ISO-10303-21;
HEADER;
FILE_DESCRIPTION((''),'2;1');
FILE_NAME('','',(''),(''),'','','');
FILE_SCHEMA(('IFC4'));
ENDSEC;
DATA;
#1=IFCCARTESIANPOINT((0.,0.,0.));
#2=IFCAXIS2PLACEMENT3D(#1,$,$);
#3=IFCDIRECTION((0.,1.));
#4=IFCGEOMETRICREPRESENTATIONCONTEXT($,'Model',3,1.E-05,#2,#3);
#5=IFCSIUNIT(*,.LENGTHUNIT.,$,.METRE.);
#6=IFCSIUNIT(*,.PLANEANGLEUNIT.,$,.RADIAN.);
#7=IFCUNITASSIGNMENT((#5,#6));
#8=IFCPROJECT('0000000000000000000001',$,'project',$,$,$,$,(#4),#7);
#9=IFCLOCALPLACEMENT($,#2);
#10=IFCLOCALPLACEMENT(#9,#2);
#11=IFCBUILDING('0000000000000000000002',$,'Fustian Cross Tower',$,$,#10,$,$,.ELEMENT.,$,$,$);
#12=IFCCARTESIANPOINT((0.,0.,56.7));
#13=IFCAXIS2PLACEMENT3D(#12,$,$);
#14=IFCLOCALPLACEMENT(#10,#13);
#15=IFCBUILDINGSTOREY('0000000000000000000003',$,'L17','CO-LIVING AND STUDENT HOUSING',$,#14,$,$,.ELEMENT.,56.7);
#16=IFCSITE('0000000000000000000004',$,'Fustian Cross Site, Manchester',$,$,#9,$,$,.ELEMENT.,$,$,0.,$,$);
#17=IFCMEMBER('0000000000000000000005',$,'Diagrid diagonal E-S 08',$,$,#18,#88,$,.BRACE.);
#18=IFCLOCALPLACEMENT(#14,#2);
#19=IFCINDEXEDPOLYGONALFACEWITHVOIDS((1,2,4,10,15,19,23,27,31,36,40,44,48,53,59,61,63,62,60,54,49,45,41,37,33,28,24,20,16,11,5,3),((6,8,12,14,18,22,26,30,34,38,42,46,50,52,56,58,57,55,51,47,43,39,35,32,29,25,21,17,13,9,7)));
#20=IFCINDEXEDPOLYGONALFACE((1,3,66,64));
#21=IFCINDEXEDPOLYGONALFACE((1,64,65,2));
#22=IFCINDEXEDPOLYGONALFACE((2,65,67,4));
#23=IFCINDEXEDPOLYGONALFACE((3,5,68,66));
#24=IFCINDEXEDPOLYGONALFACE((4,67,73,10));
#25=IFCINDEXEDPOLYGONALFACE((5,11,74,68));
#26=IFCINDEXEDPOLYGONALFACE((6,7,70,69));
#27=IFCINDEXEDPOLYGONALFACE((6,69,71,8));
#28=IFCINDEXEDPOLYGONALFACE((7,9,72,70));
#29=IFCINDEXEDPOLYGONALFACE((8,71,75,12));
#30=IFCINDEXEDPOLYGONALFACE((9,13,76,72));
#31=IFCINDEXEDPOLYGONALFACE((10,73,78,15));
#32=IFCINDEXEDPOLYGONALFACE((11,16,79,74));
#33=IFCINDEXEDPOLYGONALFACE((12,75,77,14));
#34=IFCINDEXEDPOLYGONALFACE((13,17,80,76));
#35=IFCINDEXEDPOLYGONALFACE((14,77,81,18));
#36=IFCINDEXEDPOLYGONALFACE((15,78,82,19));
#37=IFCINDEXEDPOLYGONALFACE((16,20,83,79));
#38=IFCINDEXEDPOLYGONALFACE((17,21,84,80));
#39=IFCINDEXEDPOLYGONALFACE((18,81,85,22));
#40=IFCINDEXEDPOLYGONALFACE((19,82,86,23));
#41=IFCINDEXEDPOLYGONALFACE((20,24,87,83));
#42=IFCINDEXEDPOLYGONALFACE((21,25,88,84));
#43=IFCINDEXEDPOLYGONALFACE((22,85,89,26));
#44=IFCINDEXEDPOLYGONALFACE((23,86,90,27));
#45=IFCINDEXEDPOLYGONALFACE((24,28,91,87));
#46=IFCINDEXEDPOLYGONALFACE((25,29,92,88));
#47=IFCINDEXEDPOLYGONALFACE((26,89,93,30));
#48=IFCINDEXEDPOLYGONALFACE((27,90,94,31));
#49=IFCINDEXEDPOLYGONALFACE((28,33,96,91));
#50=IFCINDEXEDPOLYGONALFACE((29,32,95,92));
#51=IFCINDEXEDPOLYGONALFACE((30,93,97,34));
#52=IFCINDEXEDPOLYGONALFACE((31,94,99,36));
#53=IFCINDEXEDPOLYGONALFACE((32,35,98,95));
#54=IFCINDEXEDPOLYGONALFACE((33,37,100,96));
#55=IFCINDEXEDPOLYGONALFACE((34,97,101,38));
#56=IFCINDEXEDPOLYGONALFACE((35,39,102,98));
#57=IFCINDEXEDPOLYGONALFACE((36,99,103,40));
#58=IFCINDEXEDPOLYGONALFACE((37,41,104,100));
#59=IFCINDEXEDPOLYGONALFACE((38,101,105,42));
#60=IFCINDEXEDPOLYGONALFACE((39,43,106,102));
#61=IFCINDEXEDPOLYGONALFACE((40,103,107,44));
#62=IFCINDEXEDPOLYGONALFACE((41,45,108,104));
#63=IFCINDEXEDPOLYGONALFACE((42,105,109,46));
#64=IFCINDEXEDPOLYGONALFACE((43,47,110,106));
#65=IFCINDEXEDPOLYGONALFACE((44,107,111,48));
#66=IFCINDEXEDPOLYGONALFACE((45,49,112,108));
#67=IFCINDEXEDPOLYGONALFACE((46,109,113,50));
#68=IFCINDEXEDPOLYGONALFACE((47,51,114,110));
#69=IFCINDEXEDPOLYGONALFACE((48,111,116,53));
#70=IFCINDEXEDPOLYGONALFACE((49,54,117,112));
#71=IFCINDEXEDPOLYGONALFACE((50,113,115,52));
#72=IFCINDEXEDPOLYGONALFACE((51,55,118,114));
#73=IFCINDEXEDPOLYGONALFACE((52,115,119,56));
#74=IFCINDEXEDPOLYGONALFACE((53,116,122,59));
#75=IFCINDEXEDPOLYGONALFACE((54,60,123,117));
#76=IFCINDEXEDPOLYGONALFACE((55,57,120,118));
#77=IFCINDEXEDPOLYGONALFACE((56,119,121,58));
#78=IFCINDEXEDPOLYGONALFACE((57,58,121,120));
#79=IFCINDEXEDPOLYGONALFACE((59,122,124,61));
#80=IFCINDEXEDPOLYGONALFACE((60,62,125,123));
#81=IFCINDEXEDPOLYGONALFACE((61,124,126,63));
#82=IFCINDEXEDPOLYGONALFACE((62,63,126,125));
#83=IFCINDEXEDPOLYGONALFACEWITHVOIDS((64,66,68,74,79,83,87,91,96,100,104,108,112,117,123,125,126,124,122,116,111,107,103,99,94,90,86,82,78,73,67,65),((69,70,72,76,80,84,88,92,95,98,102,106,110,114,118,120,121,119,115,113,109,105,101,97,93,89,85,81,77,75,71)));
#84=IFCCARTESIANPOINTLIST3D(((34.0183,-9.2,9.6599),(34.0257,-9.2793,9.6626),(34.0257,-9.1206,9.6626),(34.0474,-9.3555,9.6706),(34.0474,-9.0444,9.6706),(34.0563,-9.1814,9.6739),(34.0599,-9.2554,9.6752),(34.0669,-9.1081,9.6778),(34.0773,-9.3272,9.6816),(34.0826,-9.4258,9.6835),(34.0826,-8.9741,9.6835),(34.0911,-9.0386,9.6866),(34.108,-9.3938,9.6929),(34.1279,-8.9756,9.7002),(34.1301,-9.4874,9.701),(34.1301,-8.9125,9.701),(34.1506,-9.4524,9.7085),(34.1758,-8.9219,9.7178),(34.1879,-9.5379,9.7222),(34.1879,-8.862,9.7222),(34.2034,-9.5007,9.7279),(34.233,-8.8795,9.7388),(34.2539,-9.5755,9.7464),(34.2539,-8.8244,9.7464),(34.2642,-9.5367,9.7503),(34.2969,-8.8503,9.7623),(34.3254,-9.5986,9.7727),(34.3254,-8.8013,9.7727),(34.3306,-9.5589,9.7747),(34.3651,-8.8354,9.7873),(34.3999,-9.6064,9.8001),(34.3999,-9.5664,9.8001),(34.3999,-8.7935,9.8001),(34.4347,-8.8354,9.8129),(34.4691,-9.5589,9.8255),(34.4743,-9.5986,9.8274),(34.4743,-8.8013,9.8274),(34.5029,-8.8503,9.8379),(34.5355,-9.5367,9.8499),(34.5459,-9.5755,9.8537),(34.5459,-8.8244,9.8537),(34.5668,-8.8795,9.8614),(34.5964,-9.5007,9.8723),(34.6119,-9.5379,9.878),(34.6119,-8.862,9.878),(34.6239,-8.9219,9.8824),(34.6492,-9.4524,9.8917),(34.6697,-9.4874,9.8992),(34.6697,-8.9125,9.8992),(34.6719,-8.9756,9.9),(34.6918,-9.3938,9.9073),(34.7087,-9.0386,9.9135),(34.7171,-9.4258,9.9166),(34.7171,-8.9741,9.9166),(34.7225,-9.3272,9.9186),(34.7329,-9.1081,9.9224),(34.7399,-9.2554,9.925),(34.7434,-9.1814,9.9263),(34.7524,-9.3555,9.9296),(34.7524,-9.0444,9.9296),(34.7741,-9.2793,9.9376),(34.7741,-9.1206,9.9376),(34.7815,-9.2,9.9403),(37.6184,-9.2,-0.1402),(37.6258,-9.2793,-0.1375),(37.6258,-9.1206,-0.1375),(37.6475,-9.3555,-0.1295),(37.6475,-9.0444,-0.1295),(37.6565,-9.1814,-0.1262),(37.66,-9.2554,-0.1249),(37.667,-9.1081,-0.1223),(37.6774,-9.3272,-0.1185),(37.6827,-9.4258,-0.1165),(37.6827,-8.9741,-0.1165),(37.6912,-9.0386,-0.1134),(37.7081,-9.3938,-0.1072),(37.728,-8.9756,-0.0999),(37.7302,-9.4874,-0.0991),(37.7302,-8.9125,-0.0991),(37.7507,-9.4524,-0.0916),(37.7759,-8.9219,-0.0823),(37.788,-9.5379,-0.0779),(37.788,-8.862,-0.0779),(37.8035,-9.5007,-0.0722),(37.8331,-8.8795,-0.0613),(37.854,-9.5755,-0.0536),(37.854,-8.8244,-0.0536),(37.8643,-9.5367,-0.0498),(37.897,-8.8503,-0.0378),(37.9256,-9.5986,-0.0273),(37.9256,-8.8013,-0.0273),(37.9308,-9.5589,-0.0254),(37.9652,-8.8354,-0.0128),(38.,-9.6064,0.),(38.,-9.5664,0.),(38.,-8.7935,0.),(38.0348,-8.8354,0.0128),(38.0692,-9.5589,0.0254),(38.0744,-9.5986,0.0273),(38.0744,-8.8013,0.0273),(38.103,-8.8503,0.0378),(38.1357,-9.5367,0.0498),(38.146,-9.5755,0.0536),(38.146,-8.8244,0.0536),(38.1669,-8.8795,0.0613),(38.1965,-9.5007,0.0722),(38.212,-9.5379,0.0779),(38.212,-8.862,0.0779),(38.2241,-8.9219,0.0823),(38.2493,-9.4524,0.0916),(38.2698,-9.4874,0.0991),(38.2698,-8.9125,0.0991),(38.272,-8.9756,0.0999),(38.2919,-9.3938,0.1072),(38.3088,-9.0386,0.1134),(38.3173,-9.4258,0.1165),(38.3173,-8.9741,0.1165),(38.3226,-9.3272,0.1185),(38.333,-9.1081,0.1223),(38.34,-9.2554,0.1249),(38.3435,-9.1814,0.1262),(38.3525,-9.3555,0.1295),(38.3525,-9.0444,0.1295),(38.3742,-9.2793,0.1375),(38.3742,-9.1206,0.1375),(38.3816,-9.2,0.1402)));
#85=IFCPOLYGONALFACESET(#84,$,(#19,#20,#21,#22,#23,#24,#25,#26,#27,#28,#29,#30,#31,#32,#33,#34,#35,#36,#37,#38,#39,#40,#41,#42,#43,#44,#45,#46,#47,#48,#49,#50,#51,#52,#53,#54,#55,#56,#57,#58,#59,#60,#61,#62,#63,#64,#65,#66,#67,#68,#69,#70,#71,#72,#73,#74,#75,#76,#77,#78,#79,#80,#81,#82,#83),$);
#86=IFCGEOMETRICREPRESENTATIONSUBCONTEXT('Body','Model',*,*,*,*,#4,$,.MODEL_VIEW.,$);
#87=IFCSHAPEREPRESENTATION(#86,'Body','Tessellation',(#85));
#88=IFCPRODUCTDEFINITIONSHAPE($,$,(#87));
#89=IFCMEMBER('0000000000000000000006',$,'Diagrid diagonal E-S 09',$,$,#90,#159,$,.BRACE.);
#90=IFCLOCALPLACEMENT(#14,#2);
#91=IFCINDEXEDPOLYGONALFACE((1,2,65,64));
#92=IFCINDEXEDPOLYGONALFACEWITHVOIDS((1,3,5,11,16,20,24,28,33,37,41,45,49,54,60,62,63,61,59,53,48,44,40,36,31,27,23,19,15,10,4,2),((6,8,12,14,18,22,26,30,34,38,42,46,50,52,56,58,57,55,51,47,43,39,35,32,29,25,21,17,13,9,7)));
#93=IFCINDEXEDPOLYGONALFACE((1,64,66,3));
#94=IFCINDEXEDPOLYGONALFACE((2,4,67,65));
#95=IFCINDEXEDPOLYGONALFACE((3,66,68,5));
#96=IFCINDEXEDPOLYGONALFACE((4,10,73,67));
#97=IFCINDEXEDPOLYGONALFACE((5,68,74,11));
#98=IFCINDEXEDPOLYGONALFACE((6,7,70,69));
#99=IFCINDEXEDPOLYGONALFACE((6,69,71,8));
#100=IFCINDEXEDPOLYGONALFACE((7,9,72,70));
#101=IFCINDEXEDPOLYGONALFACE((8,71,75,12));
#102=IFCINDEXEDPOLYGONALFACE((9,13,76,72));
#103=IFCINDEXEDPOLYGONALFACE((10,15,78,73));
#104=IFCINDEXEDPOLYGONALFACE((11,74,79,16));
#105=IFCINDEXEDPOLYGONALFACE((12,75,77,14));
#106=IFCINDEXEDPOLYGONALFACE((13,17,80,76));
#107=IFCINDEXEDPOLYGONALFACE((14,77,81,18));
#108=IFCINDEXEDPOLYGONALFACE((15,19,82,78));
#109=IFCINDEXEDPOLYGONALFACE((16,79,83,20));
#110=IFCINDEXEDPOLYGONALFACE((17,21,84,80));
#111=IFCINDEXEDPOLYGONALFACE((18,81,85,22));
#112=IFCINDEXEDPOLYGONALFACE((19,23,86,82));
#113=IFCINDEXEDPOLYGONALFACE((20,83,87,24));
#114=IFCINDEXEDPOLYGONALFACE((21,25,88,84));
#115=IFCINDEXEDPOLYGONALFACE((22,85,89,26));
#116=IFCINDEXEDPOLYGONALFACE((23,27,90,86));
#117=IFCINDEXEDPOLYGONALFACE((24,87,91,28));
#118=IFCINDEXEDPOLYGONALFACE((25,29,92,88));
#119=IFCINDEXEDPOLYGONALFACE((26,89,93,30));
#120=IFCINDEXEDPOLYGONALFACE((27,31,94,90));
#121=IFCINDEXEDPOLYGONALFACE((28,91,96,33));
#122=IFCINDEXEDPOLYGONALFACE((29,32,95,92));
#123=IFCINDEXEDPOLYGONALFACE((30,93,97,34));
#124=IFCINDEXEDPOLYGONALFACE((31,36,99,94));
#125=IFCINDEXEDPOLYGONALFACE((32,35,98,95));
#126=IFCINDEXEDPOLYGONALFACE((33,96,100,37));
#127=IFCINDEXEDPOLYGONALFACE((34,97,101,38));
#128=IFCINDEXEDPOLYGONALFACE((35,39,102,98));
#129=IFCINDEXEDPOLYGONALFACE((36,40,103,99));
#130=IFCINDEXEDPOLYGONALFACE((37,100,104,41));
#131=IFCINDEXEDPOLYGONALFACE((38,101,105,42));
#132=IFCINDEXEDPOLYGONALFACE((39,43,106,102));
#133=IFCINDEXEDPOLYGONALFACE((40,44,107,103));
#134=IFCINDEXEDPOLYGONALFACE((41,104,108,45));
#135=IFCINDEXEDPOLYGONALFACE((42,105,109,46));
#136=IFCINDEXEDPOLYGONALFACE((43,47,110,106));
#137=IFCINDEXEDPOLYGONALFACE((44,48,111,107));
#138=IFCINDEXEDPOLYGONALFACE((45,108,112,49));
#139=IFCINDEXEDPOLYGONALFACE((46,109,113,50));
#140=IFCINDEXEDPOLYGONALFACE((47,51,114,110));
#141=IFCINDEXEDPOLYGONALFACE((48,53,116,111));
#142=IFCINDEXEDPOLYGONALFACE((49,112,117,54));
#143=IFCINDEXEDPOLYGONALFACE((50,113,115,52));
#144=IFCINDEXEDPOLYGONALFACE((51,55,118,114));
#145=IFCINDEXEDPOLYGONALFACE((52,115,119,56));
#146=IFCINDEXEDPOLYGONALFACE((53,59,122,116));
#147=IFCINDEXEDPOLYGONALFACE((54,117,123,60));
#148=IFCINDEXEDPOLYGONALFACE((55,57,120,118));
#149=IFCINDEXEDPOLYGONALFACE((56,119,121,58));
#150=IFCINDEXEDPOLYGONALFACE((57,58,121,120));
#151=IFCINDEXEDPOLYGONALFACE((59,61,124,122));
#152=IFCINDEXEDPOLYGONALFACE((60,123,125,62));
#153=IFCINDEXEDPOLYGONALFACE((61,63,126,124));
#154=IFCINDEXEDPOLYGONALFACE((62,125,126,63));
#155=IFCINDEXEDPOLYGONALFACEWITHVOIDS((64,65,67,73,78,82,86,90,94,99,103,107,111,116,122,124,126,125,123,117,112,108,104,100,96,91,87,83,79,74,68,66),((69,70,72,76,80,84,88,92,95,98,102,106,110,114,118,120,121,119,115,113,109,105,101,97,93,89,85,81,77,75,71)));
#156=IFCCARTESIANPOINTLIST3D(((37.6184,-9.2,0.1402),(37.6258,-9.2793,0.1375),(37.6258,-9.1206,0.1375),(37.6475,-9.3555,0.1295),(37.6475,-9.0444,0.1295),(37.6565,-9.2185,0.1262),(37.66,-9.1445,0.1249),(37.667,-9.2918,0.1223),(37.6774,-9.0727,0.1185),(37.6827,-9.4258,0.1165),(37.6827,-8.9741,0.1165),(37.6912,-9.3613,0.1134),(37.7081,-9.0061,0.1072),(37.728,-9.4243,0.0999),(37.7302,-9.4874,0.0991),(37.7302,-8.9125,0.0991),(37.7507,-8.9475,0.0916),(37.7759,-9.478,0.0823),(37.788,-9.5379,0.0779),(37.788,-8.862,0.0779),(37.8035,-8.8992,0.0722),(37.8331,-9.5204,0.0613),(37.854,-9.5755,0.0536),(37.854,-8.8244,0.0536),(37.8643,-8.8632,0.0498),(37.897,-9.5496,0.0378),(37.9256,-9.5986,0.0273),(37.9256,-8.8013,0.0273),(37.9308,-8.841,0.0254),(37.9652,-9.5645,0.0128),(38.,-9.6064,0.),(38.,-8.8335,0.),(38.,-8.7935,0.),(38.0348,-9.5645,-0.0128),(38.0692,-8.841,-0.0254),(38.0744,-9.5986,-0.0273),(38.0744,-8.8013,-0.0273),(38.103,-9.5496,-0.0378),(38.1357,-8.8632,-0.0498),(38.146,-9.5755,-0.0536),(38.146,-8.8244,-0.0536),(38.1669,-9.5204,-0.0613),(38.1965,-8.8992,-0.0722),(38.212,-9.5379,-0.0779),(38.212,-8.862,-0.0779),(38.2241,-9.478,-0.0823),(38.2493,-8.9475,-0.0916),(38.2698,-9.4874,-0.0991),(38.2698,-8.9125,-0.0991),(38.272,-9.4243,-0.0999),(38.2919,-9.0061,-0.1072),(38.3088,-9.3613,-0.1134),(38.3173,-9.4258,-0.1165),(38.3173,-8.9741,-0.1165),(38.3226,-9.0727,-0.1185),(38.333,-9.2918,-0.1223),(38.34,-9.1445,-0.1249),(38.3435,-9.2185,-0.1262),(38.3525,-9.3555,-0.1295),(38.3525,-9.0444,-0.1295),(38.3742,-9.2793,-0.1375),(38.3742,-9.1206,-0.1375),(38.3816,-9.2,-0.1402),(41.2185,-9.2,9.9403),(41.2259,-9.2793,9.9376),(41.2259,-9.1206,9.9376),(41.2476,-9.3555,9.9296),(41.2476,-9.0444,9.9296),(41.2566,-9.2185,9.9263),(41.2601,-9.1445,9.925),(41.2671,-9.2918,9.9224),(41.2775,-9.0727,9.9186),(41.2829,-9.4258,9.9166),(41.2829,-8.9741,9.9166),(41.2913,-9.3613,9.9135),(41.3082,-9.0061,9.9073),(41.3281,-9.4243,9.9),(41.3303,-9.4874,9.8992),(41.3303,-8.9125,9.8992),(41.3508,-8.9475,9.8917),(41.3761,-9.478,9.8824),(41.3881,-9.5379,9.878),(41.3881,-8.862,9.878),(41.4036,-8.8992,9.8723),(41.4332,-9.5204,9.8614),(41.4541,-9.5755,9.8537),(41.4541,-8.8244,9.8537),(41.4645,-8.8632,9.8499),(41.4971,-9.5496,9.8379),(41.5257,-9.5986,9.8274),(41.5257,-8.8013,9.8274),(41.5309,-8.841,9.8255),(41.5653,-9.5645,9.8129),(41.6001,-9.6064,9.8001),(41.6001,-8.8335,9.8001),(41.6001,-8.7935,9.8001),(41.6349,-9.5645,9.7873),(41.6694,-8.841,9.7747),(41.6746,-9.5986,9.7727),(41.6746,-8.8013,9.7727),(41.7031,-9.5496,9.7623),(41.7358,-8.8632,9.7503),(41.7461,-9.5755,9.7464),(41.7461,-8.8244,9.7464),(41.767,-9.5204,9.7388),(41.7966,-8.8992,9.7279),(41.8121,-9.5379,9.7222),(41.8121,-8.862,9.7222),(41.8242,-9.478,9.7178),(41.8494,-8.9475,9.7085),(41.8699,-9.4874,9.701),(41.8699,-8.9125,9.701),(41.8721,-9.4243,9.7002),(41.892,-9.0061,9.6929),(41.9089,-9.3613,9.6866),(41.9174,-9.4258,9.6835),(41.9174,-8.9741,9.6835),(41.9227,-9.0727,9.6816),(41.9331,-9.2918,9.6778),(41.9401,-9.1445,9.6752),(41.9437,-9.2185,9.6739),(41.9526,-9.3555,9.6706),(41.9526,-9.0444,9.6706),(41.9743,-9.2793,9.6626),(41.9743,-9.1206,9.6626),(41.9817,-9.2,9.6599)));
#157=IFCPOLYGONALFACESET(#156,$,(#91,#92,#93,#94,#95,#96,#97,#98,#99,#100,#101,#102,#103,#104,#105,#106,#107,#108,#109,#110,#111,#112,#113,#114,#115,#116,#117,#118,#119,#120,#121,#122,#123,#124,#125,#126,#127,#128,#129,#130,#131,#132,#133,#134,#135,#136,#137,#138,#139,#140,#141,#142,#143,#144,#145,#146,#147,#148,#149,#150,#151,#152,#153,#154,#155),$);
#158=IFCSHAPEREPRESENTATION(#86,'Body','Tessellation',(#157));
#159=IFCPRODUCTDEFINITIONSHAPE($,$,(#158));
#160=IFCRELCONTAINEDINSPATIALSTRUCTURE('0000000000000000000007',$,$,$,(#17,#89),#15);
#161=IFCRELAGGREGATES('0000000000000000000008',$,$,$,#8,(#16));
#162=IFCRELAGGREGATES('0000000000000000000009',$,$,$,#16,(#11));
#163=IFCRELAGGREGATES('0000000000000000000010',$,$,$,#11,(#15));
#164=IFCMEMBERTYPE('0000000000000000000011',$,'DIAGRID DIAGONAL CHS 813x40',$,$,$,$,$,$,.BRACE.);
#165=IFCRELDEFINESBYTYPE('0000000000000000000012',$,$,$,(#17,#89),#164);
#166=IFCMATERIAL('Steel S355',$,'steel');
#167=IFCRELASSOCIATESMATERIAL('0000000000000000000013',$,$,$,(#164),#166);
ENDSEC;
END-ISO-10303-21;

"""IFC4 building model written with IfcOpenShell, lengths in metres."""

from ifc_helpers import new_model, si_unit, direction, frame, origin, origin_2d, place, context, subcontext, project, spatial, hollow_circle, extrude, material, material_profile, profile_set, type_object, element, save


model = new_model("IFC4")

# Units and contexts
model_context = context("Model", 3, precision=1e-05, world=origin(), true_north=direction((0.0, 1.0)))
body_context = subcontext(model_context, "Body", "Model", "MODEL_VIEW")
ifc_project = project(units=[si_unit("LENGTHUNIT", "METRE"), si_unit("PLANEANGLEUNIT", "RADIAN")], contexts=[model_context])

# Site, building, storey
site_placement = place(None, origin())
site = spatial("IfcSite", under=ifc_project, at=site_placement, Name="Fustian Cross Site, Manchester", CompositionType="ELEMENT", RefElevation=0.0)
building_placement = place(site_placement, origin())
building = spatial("IfcBuilding", under=site, at=building_placement, Name="Fustian Cross Tower", CompositionType="ELEMENT")
storey_placement = place(building_placement, frame((0.0, 0.0, 56.7)))
storey = spatial("IfcBuildingStorey", under=building, at=storey_placement, Name="L17", Description="CO-LIVING AND STUDENT HOUSING", CompositionType="ELEMENT", Elevation=56.7)

# Members
ifc_material_1 = material(Name="Steel S355", Category="steel")
ifc_material_profile_1 = material_profile(ifc_material_1, hollow_circle(Radius=0.4065, WallThickness=0.04, at=origin_2d()), Name="CHS 813x40")
ifc_profile_set_1 = profile_set([ifc_material_profile_1], Name="Steel S355")
member_type_1 = type_object("IfcMemberType", Name="DIAGRID DIAGONAL CHS 813x40", PredefinedType="BRACE", material=ifc_profile_set_1)
for number, where, z_axis, x_axis, name in (
    (1, (38.0, -9.2, 0.0), (-0.344824, 0.0, 0.938667), (0.0, -1.0, 0.0), "Diagrid diagonal E-S 08"),
    (2, (38.0, -9.2, 0.0), (0.344824, 0.0, 0.938667), (0.0, 1.0, 0.0), "Diagrid diagonal E-S 09"),
):
    element("IfcMember", number, at=place(storey_placement, frame(where, z_axis=z_axis, x_axis=x_axis)), inside=storey, type_object=member_type_1, Name=name, PredefinedType="BRACE", context=body_context, shape_type="SweptSolid", body=[
        extrude(hollow_circle(Radius=0.4065, WallThickness=0.04, at=origin_2d()), origin(), (0.0, 0.0, 1.0), 10.4404),
    ])

save(model, "model.ifc")
